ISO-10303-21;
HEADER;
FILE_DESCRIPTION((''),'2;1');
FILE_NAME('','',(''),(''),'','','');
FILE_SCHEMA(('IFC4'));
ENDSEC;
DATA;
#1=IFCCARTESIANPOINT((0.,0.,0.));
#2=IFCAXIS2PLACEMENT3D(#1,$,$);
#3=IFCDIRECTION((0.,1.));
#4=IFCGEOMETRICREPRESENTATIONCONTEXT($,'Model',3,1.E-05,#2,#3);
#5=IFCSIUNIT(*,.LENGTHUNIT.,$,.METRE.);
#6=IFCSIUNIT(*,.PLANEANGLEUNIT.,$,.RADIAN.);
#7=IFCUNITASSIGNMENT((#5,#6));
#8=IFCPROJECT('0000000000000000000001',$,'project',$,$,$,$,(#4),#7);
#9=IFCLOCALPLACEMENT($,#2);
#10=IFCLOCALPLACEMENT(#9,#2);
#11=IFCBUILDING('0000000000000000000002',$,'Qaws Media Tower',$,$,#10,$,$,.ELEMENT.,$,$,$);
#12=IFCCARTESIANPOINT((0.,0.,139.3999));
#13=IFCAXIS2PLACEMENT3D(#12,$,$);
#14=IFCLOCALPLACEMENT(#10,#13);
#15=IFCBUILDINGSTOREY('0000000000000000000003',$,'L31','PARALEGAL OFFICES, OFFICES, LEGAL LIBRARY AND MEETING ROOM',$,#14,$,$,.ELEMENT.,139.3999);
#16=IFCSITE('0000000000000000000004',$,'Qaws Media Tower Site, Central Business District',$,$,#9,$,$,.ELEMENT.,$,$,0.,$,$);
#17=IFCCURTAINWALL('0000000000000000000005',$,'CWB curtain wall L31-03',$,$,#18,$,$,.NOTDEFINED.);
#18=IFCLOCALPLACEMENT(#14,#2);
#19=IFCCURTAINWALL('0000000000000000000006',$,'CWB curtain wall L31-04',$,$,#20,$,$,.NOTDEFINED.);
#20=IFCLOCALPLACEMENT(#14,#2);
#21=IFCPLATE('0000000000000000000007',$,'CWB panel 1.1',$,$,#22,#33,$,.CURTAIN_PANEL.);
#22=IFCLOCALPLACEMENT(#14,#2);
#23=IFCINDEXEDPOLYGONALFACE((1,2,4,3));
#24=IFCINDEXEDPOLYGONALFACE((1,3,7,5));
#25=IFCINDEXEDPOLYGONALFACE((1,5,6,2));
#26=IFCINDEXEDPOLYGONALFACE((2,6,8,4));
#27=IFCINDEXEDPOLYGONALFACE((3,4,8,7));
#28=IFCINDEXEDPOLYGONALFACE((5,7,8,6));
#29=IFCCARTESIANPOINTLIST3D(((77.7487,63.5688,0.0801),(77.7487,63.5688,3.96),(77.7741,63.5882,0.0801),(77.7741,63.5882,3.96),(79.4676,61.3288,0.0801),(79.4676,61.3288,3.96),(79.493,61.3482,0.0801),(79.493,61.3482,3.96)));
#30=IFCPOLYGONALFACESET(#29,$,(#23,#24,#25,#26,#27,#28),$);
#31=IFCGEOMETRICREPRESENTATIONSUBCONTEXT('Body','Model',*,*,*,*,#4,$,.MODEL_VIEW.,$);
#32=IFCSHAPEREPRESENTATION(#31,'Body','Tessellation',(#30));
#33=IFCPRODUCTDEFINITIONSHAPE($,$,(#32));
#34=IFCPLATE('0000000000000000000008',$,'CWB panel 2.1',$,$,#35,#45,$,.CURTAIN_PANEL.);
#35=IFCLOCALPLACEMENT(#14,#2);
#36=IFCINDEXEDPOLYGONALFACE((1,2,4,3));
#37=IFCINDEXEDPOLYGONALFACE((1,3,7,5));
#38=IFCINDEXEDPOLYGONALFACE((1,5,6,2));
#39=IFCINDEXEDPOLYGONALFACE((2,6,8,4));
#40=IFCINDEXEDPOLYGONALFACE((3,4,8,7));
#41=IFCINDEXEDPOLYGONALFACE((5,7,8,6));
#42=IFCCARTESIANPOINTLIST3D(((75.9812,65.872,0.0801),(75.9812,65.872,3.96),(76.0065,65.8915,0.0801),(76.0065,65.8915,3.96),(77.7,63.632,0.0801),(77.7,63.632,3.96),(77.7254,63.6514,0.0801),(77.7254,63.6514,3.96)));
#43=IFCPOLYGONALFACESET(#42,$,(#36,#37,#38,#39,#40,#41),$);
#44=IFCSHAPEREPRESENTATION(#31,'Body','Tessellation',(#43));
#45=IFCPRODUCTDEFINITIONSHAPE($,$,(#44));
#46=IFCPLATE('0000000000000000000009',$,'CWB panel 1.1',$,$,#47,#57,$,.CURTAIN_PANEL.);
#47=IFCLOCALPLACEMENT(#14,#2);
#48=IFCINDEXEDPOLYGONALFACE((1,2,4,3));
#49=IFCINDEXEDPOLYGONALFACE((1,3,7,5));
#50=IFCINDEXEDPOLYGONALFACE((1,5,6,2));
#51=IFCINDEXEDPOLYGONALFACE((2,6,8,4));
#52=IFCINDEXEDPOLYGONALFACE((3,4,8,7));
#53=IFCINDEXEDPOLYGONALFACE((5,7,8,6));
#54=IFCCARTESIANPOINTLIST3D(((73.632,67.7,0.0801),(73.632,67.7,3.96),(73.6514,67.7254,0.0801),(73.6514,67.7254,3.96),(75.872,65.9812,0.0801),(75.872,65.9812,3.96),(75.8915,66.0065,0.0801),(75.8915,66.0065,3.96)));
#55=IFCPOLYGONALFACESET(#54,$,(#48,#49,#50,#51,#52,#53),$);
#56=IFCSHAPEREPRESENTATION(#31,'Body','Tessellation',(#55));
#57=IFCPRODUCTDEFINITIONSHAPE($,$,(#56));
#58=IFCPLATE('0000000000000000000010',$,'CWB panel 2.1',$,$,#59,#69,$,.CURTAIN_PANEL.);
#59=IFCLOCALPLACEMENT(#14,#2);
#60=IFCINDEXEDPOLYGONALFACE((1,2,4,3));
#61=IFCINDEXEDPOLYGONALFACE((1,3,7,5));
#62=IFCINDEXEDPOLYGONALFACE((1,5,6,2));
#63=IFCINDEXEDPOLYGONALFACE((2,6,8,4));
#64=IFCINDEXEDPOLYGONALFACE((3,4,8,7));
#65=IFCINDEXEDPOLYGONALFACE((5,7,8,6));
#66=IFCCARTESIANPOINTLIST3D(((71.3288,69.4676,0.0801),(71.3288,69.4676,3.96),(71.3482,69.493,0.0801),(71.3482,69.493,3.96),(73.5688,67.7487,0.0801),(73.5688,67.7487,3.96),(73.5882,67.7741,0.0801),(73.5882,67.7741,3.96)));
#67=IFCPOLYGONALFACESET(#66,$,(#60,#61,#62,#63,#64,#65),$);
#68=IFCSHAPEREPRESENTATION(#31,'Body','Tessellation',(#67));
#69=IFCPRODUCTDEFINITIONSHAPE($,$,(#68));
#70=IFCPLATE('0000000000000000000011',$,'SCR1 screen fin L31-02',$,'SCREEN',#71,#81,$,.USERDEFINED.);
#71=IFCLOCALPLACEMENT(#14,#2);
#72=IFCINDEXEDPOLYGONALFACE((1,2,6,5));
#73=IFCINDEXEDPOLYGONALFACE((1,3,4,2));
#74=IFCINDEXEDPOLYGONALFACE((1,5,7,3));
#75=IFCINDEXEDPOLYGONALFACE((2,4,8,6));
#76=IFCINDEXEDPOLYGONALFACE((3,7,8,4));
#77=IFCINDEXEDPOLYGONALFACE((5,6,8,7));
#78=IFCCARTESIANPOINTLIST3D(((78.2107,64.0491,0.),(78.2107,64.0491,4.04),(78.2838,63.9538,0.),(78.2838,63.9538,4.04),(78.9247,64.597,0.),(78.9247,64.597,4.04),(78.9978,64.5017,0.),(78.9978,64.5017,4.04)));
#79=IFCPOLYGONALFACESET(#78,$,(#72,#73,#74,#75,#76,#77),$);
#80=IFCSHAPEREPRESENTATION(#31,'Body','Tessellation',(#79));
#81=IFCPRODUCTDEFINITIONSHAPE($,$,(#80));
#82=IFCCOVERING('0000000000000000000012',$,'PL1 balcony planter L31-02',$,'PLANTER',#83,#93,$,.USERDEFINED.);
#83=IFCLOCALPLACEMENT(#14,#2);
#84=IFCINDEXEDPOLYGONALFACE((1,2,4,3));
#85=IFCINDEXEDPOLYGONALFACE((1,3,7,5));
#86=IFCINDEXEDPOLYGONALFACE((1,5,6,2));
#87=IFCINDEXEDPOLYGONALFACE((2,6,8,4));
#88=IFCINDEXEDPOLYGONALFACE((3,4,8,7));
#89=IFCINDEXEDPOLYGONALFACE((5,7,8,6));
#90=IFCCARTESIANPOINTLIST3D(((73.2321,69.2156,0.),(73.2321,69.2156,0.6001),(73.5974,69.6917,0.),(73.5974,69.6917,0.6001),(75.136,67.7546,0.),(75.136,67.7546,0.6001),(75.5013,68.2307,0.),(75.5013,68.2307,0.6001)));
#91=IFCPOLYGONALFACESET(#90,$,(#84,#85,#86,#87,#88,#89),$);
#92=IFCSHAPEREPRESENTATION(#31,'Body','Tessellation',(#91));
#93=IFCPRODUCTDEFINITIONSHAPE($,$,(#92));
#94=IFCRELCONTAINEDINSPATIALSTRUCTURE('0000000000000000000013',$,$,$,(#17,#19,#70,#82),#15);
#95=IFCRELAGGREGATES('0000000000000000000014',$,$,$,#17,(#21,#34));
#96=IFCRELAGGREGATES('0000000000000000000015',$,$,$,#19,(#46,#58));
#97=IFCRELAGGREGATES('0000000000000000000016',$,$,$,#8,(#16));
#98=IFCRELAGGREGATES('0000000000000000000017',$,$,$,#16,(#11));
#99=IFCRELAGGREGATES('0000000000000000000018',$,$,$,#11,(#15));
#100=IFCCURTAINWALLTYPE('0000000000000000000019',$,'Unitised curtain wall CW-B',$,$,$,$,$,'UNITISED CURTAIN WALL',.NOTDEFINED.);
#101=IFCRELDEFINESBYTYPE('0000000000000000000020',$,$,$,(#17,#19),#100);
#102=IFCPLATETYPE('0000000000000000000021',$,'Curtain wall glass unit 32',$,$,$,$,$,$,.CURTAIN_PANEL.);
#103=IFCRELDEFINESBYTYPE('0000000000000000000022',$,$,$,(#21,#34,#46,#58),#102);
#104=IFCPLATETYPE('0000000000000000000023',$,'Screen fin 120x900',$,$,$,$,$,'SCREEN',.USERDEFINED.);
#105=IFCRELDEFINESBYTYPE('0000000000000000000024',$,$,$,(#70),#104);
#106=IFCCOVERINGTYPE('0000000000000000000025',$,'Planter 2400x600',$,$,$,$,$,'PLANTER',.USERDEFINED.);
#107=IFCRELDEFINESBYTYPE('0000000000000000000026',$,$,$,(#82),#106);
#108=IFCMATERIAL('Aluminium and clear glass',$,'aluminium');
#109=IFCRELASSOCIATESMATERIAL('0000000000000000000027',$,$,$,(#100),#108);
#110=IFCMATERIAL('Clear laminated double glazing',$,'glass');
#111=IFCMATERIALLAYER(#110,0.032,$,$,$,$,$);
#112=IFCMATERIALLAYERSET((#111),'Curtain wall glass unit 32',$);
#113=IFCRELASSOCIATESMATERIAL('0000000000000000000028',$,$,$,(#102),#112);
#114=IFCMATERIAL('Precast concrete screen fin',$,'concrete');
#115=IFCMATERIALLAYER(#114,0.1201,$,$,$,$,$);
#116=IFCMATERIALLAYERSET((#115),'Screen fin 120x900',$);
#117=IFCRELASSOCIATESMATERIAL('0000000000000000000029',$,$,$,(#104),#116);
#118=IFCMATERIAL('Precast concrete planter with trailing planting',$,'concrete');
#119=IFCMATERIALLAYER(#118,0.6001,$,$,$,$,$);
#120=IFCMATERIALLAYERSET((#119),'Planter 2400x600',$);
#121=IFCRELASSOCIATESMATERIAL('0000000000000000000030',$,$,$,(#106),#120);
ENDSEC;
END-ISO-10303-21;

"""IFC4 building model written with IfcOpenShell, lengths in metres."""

from ifc_helpers import new_model, si_unit, direction, frame, origin, origin_2d, place, context, subcontext, project, spatial, rectangle, extrude, material, layer, layer_set, type_object, element, aggregate, save


model = new_model("IFC4")

# Units and contexts
model_context = context("Model", 3, precision=1e-05, world=origin(), true_north=direction((0.0, 1.0)))
body_context = subcontext(model_context, "Body", "Model", "MODEL_VIEW")
ifc_project = project(units=[si_unit("LENGTHUNIT", "METRE"), si_unit("PLANEANGLEUNIT", "RADIAN")], contexts=[model_context])

# Site, building, storey
site_placement = place(None, origin())
site = spatial("IfcSite", under=ifc_project, at=site_placement, Name="Qaws Media Tower Site, Central Business District", CompositionType="ELEMENT", RefElevation=0.0)
building_placement = place(site_placement, origin())
building = spatial("IfcBuilding", under=site, at=building_placement, Name="Qaws Media Tower", CompositionType="ELEMENT")
storey_placement = place(building_placement, frame((0.0, 0.0, 139.3999)))
storey = spatial("IfcBuildingStorey", under=building, at=storey_placement, Name="L31", Description="PARALEGAL OFFICES, OFFICES, LEGAL LIBRARY AND MEETING ROOM", CompositionType="ELEMENT", Elevation=139.3999)

# Curtain walls
ifc_material_1 = material(Name="Aluminium and clear glass", Category="aluminium")
curtain_wall_type = type_object("IfcCurtainWallType", Name="Unitised curtain wall CW-B", ElementType="UNITISED CURTAIN WALL", PredefinedType="NOTDEFINED", material=ifc_material_1)
curtain_wall_1_placement = place(storey_placement, origin())
curtain_wall_1 = element("IfcCurtainWall", 1, at=curtain_wall_1_placement, inside=storey, type_object=curtain_wall_type, Name="CWB curtain wall L31-03", PredefinedType="NOTDEFINED")
curtain_wall_2_placement = place(storey_placement, origin())
curtain_wall_2 = element("IfcCurtainWall", 2, at=curtain_wall_2_placement, inside=storey, type_object=curtain_wall_type, Name="CWB curtain wall L31-04", PredefinedType="NOTDEFINED")

# Plates
ifc_material_2 = material(Name="Clear laminated double glazing", Category="glass")
ifc_layer_1 = layer(ifc_material_2, 0.032)
ifc_layer_set_1 = layer_set([ifc_layer_1], Name="Curtain wall glass unit 32")
plate_type_1 = type_object("IfcPlateType", Name="Curtain wall glass unit 32", PredefinedType="CURTAIN_PANEL", material=ifc_layer_set_1)
plate_1_placement = place(storey_placement, frame((78.6208, 62.4585, 0.0801), z_axis=(0.0, 0.0, 1.0), x_axis=(-0.608761, 0.793353, 0.0)))
plate_1 = element("IfcPlate", 3, at=plate_1_placement, type_object=plate_type_1, Name="CWB panel 1.1", PredefinedType="CURTAIN_PANEL", context=body_context, shape_type="SweptSolid", body=[
    extrude(rectangle(XDim=2.8235, YDim=0.032, at=origin_2d()), origin(), (0.0, 0.0, 1.0), 3.8799),
])
plate_2_placement = place(storey_placement, frame((76.8533, 64.7617, 0.0801), z_axis=(0.0, 0.0, 1.0), x_axis=(-0.608761, 0.793353, 0.0)))
plate_2 = element("IfcPlate", 4, at=plate_2_placement, type_object=plate_type_1, Name="CWB panel 2.1", PredefinedType="CURTAIN_PANEL", context=body_context, shape_type="SweptSolid", body=[
    extrude(rectangle(XDim=2.8235, YDim=0.032, at=origin_2d()), origin(), (0.0, 0.0, 1.0), 3.8799),
])
aggregate(curtain_wall_1, [plate_1, plate_2])
plate_3_placement = place(storey_placement, frame((74.7617, 66.8533, 0.0801), z_axis=(0.0, 0.0, 1.0), x_axis=(-0.793353, 0.608761, 0.0)))
plate_3 = element("IfcPlate", 5, at=plate_3_placement, type_object=plate_type_1, Name="CWB panel 1.1", PredefinedType="CURTAIN_PANEL", context=body_context, shape_type="SweptSolid", body=[
    extrude(rectangle(XDim=2.8235, YDim=0.032, at=origin_2d()), origin(), (0.0, 0.0, 1.0), 3.8799),
])
plate_4_placement = place(storey_placement, frame((72.4585, 68.6208, 0.0801), z_axis=(0.0, 0.0, 1.0), x_axis=(-0.793353, 0.608761, 0.0)))
plate_4 = element("IfcPlate", 6, at=plate_4_placement, type_object=plate_type_1, Name="CWB panel 2.1", PredefinedType="CURTAIN_PANEL", context=body_context, shape_type="SweptSolid", body=[
    extrude(rectangle(XDim=2.8235, YDim=0.032, at=origin_2d()), origin(), (0.0, 0.0, 1.0), 3.8799),
])
aggregate(curtain_wall_2, [plate_3, plate_4])
ifc_material_3 = material(Name="Precast concrete screen fin", Category="concrete")
ifc_layer_2 = layer(ifc_material_3, 0.1201)
ifc_layer_set_2 = layer_set([ifc_layer_2], Name="Screen fin 120x900")
plate_type_2 = type_object("IfcPlateType", Name="Screen fin 120x900", ElementType="SCREEN", PredefinedType="USERDEFINED", material=ifc_layer_set_2)
plate_5_placement = place(storey_placement, frame((78.6042, 64.2754, 0.0), z_axis=(0.0, 0.0, 1.0), x_axis=(0.793353, 0.608761, 0.0)))
element("IfcPlate", 7, at=plate_5_placement, inside=storey, type_object=plate_type_2, Name="SCR1 screen fin L31-02", ObjectType="SCREEN", PredefinedType="USERDEFINED", context=body_context, shape_type="SweptSolid", body=[
    extrude(rectangle(XDim=0.8999, YDim=0.1201, at=origin_2d()), origin(), (0.0, 0.0, 1.0), 4.04),
])

# Covering
ifc_material_4 = material(Name="Precast concrete planter with trailing planting", Category="concrete")
ifc_layer_3 = layer(ifc_material_4, 0.6001)
ifc_layer_set_3 = layer_set([ifc_layer_3], Name="Planter 2400x600")
covering_type = type_object("IfcCoveringType", Name="Planter 2400x600", ElementType="PLANTER", PredefinedType="USERDEFINED", material=ifc_layer_set_3)
covering_placement = place(storey_placement, frame((74.3667, 68.7231, 0.0), z_axis=(0.0, 0.0, 1.0), x_axis=(-0.793353, 0.608761, 0.0)))
element("IfcCovering", 8, at=covering_placement, inside=storey, type_object=covering_type, Name="PL1 balcony planter L31-02", ObjectType="PLANTER", PredefinedType="USERDEFINED", context=body_context, shape_type="SweptSolid", body=[
    extrude(rectangle(XDim=2.3999, YDim=0.6001, at=origin_2d()), origin(), (0.0, 0.0, 1.0), 0.6001),
])

save(model, "model.ifc")
